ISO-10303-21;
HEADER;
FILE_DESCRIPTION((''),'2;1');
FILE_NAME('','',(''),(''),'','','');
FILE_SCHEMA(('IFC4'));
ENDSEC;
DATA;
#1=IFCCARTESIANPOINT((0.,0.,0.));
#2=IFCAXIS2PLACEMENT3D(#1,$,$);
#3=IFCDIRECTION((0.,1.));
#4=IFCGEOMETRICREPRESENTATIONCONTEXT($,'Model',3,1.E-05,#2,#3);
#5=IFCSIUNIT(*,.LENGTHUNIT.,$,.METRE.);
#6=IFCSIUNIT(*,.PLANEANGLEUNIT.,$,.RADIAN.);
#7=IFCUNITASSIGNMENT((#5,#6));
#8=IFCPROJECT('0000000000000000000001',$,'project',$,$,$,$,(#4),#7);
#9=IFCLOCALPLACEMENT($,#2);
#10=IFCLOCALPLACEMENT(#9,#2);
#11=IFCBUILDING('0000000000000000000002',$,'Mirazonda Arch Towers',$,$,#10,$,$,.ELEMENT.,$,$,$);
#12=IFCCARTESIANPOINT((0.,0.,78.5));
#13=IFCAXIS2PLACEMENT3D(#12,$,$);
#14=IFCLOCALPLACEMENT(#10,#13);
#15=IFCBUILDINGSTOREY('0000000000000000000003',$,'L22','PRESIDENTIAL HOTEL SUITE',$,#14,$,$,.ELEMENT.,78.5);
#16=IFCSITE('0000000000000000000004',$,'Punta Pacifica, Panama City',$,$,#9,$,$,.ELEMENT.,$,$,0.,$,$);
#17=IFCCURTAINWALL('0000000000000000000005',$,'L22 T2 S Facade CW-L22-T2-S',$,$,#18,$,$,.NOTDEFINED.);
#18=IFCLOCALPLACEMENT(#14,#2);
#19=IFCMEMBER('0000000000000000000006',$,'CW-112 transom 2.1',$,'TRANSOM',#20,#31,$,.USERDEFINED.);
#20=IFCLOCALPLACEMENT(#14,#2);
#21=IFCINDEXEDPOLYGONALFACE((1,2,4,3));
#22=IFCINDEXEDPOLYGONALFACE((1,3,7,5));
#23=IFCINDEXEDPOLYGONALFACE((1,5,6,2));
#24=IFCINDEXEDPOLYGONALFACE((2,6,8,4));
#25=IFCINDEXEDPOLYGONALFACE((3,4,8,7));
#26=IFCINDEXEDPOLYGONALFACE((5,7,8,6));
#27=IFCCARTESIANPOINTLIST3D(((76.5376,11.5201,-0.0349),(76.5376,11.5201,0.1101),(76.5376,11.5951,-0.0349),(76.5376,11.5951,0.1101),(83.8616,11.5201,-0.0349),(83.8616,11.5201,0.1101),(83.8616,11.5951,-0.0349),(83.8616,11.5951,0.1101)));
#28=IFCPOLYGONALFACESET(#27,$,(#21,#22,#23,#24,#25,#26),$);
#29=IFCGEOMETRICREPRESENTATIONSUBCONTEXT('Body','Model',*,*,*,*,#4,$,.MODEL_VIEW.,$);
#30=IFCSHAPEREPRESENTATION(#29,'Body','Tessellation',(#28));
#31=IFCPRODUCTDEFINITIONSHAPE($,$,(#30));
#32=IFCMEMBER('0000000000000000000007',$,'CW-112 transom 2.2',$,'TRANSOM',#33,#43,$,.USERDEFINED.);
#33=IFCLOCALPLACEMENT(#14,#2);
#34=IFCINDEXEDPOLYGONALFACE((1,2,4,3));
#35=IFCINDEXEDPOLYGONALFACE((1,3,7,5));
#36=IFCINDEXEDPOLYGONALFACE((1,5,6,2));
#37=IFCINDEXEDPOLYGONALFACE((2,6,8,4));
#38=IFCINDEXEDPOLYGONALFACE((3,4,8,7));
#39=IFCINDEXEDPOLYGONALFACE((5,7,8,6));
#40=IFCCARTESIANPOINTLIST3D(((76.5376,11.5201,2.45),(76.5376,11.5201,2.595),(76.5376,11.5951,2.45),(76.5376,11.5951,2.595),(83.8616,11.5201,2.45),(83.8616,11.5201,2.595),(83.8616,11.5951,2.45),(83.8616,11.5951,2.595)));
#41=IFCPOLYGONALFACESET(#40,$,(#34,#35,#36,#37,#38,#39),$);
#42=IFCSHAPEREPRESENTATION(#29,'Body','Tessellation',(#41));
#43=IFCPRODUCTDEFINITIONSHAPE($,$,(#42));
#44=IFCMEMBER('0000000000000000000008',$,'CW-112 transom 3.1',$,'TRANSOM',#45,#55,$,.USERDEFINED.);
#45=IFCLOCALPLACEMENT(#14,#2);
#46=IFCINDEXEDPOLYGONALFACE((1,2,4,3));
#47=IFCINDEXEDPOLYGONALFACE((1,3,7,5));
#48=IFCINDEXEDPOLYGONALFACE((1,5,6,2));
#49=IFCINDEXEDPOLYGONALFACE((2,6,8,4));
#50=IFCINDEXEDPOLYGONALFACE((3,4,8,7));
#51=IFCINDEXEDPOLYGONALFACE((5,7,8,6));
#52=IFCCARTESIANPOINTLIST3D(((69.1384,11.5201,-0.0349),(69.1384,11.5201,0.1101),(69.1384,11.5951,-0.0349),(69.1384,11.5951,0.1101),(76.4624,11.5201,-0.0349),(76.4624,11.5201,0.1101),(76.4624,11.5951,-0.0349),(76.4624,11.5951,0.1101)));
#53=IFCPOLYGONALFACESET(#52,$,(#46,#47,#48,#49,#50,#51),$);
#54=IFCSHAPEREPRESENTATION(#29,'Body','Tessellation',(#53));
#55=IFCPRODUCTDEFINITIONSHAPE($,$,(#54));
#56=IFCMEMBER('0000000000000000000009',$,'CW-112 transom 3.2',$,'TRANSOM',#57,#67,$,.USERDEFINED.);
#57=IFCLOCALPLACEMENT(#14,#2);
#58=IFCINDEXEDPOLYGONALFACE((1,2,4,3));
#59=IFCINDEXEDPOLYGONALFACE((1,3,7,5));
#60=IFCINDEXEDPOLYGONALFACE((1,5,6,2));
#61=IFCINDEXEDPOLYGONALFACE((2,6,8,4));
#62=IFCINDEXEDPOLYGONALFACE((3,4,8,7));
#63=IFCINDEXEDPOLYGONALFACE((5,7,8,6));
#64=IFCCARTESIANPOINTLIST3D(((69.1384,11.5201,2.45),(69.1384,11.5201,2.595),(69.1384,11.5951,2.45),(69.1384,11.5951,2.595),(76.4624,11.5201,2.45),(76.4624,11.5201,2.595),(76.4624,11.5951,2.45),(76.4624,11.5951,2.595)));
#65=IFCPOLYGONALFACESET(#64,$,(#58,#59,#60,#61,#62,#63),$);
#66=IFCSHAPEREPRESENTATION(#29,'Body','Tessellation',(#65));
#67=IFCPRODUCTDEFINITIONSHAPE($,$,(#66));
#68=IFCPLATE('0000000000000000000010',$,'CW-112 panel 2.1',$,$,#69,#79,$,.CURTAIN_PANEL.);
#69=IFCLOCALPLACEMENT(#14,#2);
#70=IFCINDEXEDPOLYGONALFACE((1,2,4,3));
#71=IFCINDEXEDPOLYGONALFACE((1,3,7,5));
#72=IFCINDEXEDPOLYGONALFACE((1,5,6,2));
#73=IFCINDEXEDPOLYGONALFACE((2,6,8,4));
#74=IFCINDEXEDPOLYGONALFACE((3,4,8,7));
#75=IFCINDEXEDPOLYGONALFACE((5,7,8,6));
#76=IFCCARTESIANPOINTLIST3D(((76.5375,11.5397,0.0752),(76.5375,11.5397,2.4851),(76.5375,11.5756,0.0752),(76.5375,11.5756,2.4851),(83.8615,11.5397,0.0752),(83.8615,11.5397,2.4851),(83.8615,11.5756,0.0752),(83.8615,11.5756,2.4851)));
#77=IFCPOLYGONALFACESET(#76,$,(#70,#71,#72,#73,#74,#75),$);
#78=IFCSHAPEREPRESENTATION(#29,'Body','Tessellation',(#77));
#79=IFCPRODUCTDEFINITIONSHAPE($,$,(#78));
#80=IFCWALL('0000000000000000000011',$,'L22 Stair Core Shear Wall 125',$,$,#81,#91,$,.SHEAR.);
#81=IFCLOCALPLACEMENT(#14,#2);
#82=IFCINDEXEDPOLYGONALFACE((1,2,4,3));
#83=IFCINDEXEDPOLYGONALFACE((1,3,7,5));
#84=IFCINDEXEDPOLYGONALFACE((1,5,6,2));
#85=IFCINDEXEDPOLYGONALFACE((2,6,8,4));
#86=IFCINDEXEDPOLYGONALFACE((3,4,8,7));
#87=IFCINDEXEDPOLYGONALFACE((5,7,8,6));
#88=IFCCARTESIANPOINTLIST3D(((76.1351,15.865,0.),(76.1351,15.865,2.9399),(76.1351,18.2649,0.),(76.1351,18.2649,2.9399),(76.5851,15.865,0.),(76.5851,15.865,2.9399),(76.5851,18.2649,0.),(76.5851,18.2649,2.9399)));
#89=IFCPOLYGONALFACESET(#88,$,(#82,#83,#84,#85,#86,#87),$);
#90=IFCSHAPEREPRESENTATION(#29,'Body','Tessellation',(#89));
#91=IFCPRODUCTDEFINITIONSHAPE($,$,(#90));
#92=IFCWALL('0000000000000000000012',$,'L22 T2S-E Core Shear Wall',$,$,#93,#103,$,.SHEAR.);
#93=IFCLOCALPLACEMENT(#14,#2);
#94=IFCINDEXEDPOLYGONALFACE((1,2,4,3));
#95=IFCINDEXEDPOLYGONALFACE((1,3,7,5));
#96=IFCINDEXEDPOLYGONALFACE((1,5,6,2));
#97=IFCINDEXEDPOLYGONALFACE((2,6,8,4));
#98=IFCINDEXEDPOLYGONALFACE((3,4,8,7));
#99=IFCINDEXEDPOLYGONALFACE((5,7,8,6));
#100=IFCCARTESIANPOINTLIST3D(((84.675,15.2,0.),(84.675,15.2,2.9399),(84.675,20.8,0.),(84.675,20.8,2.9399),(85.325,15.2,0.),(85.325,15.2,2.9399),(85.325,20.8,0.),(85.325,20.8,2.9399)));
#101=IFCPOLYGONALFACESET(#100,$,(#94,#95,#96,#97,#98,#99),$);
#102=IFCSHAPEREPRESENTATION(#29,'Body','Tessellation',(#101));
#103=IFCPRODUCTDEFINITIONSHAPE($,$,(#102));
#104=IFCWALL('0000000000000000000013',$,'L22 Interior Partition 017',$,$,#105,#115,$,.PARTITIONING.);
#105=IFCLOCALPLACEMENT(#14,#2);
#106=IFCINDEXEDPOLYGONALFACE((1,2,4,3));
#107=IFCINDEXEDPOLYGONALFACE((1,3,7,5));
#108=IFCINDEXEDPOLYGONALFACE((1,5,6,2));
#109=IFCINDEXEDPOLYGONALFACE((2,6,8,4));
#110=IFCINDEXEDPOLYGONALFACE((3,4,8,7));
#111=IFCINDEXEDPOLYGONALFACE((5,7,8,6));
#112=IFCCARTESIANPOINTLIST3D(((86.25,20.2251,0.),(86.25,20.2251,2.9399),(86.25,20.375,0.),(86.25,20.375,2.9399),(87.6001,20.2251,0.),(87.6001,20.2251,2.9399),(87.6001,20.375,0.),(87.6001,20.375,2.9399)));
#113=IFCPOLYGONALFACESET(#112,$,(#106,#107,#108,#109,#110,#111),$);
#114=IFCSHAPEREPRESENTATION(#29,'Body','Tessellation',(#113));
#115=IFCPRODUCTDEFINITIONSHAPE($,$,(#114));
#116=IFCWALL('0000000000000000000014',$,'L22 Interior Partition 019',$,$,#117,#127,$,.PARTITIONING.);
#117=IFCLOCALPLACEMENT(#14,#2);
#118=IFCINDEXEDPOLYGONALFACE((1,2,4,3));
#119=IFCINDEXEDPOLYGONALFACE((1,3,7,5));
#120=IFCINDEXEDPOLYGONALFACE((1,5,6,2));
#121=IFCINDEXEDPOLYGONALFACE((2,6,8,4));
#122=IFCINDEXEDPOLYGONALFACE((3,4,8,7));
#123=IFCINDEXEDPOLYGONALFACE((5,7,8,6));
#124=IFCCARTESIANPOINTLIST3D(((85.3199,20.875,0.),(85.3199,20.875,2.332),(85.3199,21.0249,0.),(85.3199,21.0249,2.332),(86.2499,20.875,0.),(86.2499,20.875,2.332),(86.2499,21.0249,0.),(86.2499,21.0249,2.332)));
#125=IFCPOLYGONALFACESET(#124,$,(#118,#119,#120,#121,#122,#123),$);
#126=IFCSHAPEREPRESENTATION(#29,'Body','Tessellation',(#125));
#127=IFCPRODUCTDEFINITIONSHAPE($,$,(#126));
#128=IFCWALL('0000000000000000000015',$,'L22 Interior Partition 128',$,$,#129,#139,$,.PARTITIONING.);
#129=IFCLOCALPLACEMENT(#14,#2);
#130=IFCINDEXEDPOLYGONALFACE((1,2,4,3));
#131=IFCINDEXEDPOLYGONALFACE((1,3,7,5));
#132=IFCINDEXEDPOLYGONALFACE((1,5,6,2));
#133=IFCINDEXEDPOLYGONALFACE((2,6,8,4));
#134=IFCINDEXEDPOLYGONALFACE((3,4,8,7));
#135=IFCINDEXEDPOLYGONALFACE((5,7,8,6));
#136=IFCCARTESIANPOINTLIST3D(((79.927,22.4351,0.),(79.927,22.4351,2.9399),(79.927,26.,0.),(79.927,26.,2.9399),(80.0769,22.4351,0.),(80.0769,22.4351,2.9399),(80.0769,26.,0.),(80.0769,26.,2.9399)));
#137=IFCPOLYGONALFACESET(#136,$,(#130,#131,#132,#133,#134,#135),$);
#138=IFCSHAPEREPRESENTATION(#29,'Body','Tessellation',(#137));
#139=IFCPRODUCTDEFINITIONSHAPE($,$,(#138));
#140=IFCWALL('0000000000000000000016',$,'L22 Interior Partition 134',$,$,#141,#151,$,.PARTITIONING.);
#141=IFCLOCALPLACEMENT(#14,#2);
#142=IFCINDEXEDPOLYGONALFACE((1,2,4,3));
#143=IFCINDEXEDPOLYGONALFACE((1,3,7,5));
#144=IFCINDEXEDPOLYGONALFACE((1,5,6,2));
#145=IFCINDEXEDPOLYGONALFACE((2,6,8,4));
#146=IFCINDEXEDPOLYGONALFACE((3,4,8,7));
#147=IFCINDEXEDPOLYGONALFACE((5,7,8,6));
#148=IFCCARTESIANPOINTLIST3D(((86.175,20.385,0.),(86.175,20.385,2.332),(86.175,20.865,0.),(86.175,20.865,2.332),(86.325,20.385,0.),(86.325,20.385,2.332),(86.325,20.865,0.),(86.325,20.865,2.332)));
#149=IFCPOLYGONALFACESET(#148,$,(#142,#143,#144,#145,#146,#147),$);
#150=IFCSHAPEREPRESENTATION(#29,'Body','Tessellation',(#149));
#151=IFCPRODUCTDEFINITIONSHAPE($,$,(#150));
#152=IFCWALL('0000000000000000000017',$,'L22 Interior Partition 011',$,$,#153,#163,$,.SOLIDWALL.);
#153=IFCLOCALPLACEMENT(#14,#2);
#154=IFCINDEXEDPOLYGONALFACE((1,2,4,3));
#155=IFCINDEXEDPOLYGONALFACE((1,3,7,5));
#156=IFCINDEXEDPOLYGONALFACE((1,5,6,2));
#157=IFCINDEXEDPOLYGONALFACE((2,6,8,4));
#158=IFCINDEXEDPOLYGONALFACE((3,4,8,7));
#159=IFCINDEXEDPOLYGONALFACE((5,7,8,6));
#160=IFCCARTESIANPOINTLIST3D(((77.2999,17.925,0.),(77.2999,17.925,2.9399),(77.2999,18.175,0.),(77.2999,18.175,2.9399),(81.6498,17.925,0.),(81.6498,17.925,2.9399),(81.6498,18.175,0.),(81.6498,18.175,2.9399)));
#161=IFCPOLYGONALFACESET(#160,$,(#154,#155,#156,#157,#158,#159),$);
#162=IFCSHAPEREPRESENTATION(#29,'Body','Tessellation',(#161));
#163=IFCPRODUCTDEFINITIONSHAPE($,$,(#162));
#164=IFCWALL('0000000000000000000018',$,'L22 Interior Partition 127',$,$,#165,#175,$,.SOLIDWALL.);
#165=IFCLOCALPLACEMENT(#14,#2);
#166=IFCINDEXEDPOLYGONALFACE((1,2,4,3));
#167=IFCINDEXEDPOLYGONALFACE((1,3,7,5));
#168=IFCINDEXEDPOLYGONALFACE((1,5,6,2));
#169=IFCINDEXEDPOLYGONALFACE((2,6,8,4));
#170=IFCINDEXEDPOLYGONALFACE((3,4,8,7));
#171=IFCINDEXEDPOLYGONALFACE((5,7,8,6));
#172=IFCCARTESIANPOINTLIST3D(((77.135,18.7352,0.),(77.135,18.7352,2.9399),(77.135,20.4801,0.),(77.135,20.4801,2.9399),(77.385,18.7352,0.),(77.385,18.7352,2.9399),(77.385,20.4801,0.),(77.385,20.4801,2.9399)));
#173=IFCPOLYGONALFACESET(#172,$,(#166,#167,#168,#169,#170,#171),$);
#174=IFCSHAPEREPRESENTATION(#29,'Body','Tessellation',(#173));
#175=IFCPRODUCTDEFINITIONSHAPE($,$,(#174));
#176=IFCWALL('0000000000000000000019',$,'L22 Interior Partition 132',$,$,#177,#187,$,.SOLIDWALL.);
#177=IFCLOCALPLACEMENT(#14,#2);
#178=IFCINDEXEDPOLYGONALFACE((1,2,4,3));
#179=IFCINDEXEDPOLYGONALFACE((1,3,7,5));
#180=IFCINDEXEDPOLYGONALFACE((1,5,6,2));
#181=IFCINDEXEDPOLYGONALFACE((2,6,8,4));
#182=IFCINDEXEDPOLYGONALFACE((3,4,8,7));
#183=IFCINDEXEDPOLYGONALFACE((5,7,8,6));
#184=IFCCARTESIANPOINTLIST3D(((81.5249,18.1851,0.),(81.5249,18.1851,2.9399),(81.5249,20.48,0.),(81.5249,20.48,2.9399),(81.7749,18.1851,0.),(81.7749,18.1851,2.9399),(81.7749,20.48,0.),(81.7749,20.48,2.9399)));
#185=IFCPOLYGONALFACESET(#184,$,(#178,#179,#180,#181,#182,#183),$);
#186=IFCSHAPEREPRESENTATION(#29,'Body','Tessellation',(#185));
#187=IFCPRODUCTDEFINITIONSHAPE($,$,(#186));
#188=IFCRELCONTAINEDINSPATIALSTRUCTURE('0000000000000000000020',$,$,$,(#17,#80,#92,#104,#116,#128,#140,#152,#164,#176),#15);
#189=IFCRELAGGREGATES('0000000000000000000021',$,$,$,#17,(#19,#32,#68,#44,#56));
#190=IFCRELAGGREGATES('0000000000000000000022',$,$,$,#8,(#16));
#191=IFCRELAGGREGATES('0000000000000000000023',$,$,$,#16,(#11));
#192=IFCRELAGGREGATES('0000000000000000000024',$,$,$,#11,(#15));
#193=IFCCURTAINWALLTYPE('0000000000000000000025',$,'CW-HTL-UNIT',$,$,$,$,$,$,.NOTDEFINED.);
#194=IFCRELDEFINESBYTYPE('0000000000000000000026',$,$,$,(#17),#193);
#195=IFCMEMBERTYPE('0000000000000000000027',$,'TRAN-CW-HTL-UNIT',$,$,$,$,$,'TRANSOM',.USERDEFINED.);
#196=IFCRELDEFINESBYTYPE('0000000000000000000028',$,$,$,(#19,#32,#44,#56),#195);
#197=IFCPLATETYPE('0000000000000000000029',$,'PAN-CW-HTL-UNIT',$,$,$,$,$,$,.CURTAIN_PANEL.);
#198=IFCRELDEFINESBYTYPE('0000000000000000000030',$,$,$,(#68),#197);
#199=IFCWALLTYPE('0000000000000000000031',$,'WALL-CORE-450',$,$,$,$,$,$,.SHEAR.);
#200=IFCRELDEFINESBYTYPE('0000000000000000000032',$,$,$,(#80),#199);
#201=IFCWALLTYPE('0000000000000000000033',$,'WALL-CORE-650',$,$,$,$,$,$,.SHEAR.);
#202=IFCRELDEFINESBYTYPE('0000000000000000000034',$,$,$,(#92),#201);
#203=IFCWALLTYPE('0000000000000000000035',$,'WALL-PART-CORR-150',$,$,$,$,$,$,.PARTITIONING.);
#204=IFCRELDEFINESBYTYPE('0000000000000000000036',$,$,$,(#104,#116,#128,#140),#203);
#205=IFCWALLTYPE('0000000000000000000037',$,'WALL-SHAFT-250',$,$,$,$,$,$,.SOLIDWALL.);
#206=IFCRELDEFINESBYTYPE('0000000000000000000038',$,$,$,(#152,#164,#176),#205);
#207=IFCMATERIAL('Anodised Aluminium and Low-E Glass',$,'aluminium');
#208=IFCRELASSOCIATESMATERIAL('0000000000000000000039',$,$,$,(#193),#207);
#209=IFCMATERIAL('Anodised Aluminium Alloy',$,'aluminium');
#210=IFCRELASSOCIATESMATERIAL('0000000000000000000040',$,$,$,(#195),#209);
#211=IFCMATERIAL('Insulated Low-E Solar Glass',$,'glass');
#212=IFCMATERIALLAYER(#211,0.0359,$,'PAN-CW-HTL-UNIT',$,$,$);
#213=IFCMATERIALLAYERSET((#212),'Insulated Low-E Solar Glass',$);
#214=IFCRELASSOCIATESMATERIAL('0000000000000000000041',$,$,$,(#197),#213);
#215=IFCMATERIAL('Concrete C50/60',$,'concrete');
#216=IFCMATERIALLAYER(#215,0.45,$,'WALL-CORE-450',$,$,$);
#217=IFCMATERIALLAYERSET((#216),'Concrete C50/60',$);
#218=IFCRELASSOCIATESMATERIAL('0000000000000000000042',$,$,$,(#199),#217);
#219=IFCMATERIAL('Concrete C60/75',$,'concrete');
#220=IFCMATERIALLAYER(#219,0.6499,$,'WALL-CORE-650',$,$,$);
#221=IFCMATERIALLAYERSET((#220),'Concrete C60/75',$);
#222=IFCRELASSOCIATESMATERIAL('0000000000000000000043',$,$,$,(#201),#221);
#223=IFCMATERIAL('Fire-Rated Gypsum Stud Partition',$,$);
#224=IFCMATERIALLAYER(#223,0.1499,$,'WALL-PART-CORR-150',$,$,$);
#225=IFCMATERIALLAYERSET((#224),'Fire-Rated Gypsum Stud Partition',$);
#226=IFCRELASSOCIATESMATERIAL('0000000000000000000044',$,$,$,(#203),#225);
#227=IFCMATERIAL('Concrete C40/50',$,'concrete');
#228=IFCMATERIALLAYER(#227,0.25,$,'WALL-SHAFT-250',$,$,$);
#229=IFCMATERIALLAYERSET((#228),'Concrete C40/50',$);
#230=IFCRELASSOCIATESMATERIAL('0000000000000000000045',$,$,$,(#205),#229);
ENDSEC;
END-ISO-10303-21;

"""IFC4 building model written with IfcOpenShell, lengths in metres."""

from ifc_helpers import new_model, si_unit, direction, frame, frame_2d, origin, origin_2d, place, context, subcontext, project, spatial, rectangle, extrude, material, layer, layer_set, material_profile, profile_set, type_object, element, aggregate, save


model = new_model("IFC4")

# Units and contexts
model_context = context("Model", 3, precision=1e-05, world=origin(), true_north=direction((0.0, 1.0)))
body_context = subcontext(model_context, "Body", "Model", "MODEL_VIEW")
ifc_project = project(units=[si_unit("LENGTHUNIT", "METRE"), si_unit("PLANEANGLEUNIT", "RADIAN")], contexts=[model_context])

# Site, building, storey
site_placement = place(None, origin())
site = spatial("IfcSite", under=ifc_project, at=site_placement, Name="Punta Pacifica, Panama City", CompositionType="ELEMENT", RefElevation=0.0)
building_placement = place(site_placement, origin())
building = spatial("IfcBuilding", under=site, at=building_placement, Name="Mirazonda Arch Towers", CompositionType="ELEMENT")
storey_placement = place(building_placement, frame((0.0, 0.0, 78.5)))
storey = spatial("IfcBuildingStorey", under=building, at=storey_placement, Name="L22", Description="PRESIDENTIAL HOTEL SUITE", CompositionType="ELEMENT", Elevation=78.5)

# Shared definitions
ifc_material_1 = material(Name="Concrete C60/75", Category="concrete")

# Curtain wall, members, plate
ifc_material_2 = material(Name="Anodised Aluminium and Low-E Glass", Category="aluminium")
curtain_wall_type = type_object("IfcCurtainWallType", Name="CW-HTL-UNIT", PredefinedType="NOTDEFINED", material=ifc_material_2)
curtain_wall_placement = place(storey_placement, origin())
curtain_wall = element("IfcCurtainWall", 1, at=curtain_wall_placement, inside=storey, type_object=curtain_wall_type, Name="L22 T2 S Facade CW-L22-T2-S", PredefinedType="NOTDEFINED")
ifc_material_3 = material(Name="Anodised Aluminium Alloy", Category="aluminium")
ifc_material_profile_1 = material_profile(ifc_material_3, rectangle(XDim=0.075, YDim=0.145, at=origin_2d()), Name="ALU-TRAN-75x145")
ifc_profile_set_1 = profile_set([ifc_material_profile_1], Name="Anodised Aluminium Alloy")
member_type_1 = type_object("IfcMemberType", Name="TRAN-CW-HTL-UNIT", ElementType="TRANSOM", PredefinedType="USERDEFINED", material=ifc_profile_set_1)
member_1_placement = place(storey_placement, frame((83.8616, 11.5576, 0.0376), z_axis=(-1.0, 0.0, 0.0), x_axis=(0.0, -1.0, 0.0)))
member_1 = element("IfcMember", 2, at=member_1_placement, type_object=member_type_1, Name="CW-112 transom 2.1", ObjectType="TRANSOM", PredefinedType="USERDEFINED", context=body_context, shape_type="SweptSolid", body=[
    extrude(rectangle(XDim=0.075, YDim=0.145, at=origin_2d()), origin(), (0.0, 0.0, 1.0), 7.324),
])
member_2_placement = place(storey_placement, frame((83.8616, 11.5576, 2.5225), z_axis=(-1.0, 0.0, 0.0), x_axis=(0.0, -1.0, 0.0)))
member_2 = element("IfcMember", 3, at=member_2_placement, type_object=member_type_1, Name="CW-112 transom 2.2", ObjectType="TRANSOM", PredefinedType="USERDEFINED", context=body_context, shape_type="SweptSolid", body=[
    extrude(rectangle(XDim=0.075, YDim=0.145, at=origin_2d()), origin(), (0.0, 0.0, 1.0), 7.324),
])
member_3_placement = place(storey_placement, frame((76.4624, 11.5576, 0.0376), z_axis=(-1.0, 0.0, 0.0), x_axis=(0.0, -1.0, 0.0)))
member_3 = element("IfcMember", 4, at=member_3_placement, type_object=member_type_1, Name="CW-112 transom 3.1", ObjectType="TRANSOM", PredefinedType="USERDEFINED", context=body_context, shape_type="SweptSolid", body=[
    extrude(rectangle(XDim=0.075, YDim=0.145, at=origin_2d()), origin(), (0.0, 0.0, 1.0), 7.324),
])
member_4_placement = place(storey_placement, frame((76.4624, 11.5576, 2.5225), z_axis=(-1.0, 0.0, 0.0), x_axis=(0.0, -1.0, 0.0)))
member_4 = element("IfcMember", 5, at=member_4_placement, type_object=member_type_1, Name="CW-112 transom 3.2", ObjectType="TRANSOM", PredefinedType="USERDEFINED", context=body_context, shape_type="SweptSolid", body=[
    extrude(rectangle(XDim=0.075, YDim=0.145, at=origin_2d()), origin(), (0.0, 0.0, 1.0), 7.324),
])
ifc_material_4 = material(Name="Insulated Low-E Solar Glass", Category="glass")
ifc_layer_1 = layer(ifc_material_4, 0.0359, Name="PAN-CW-HTL-UNIT")
ifc_layer_set_1 = layer_set([ifc_layer_1], Name="Insulated Low-E Solar Glass")
plate_type = type_object("IfcPlateType", Name="PAN-CW-HTL-UNIT", PredefinedType="CURTAIN_PANEL", material=ifc_layer_set_1)
plate_placement = place(storey_placement, frame((80.1995, 11.5576, 0.0752), z_axis=(0.0, 0.0, 1.0), x_axis=(-1.0, 0.0, 0.0)))
plate = element("IfcPlate", 6, at=plate_placement, type_object=plate_type, Name="CW-112 panel 2.1", PredefinedType="CURTAIN_PANEL", context=body_context, shape_type="SweptSolid", body=[
    extrude(rectangle(XDim=7.324, YDim=0.0359, at=origin_2d()), origin(), (0.0, 0.0, 1.0), 2.4099),
])
aggregate(curtain_wall, [member_1, member_2, plate, member_3, member_4])

# Walls
ifc_material_5 = material(Name="Concrete C50/60", Category="concrete")
ifc_layer_2 = layer(ifc_material_5, 0.45, Name="WALL-CORE-450")
ifc_layer_set_2 = layer_set([ifc_layer_2], Name="Concrete C50/60")
wall_type_1 = type_object("IfcWallType", Name="WALL-CORE-450", PredefinedType="SHEAR", material=ifc_layer_set_2)
wall_1_placement = place(storey_placement, frame((76.3601, 15.865, 0.0), z_axis=(0.0, 0.0, 1.0), x_axis=(0.0, 1.0, 0.0)))
element("IfcWall", 7, at=wall_1_placement, inside=storey, type_object=wall_type_1, Name="L22 Stair Core Shear Wall 125", PredefinedType="SHEAR", context=body_context, shape_type="SweptSolid", body=[
    extrude(rectangle(XDim=2.3999, YDim=0.45, at=frame_2d((1.2, 0.0))), origin(), (0.0, 0.0, 1.0), 2.9399),
])
ifc_layer_3 = layer(ifc_material_1, 0.6499, Name="WALL-CORE-650")
ifc_layer_set_3 = layer_set([ifc_layer_3], Name="Concrete C60/75")
wall_type_2 = type_object("IfcWallType", Name="WALL-CORE-650", PredefinedType="SHEAR", material=ifc_layer_set_3)
wall_2_placement = place(storey_placement, frame((85.0, 15.2, 0.0), z_axis=(0.0, 0.0, 1.0), x_axis=(0.0, 1.0, 0.0)))
element("IfcWall", 8, at=wall_2_placement, inside=storey, type_object=wall_type_2, Name="L22 T2S-E Core Shear Wall", PredefinedType="SHEAR", context=body_context, shape_type="SweptSolid", body=[
    extrude(rectangle(XDim=5.6001, YDim=0.6499, at=frame_2d((2.8, 0.0))), origin(), (0.0, 0.0, 1.0), 2.9399),
])
ifc_material_6 = material(Name="Fire-Rated Gypsum Stud Partition")
ifc_layer_4 = layer(ifc_material_6, 0.1499, Name="WALL-PART-CORR-150")
ifc_layer_set_4 = layer_set([ifc_layer_4], Name="Fire-Rated Gypsum Stud Partition")
wall_type_3 = type_object("IfcWallType", Name="WALL-PART-CORR-150", PredefinedType="PARTITIONING", material=ifc_layer_set_4)
wall_3_placement = place(storey_placement, frame((86.25, 20.3, 0.0), z_axis=(0.0, 0.0, 1.0), x_axis=(1.0, 0.0, 0.0)))
element("IfcWall", 9, at=wall_3_placement, inside=storey, type_object=wall_type_3, Name="L22 Interior Partition 017", PredefinedType="PARTITIONING", context=body_context, shape_type="SweptSolid", body=[
    extrude(rectangle(XDim=1.3501, YDim=0.1499, at=frame_2d((0.675, 0.0))), origin(), (0.0, 0.0, 1.0), 2.9399),
])
wall_4_placement = place(storey_placement, frame((85.3201, 20.95, 0.0), z_axis=(0.0, 0.0, 1.0), x_axis=(1.0, 0.0, 0.0)))
element("IfcWall", 10, at=wall_4_placement, inside=storey, type_object=wall_type_3, Name="L22 Interior Partition 019", PredefinedType="PARTITIONING", context=body_context, shape_type="SweptSolid", body=[
    extrude(rectangle(XDim=0.9299, YDim=0.1499, at=frame_2d((0.4648, 0.0))), origin(), (0.0, 0.0, 1.0), 2.332),
])
wall_5_placement = place(storey_placement, frame((80.002, 22.4351, 0.0), z_axis=(0.0, 0.0, 1.0), x_axis=(0.0, 1.0, 0.0)))
element("IfcWall", 11, at=wall_5_placement, inside=storey, type_object=wall_type_3, Name="L22 Interior Partition 128", PredefinedType="PARTITIONING", context=body_context, shape_type="SweptSolid", body=[
    extrude(rectangle(XDim=3.5649, YDim=0.1499, at=frame_2d((1.7825, 0.0))), origin(), (0.0, 0.0, 1.0), 2.9399),
])
wall_6_placement = place(storey_placement, frame((86.25, 20.385, 0.0), z_axis=(0.0, 0.0, 1.0), x_axis=(0.0, 1.0, 0.0)))
element("IfcWall", 12, at=wall_6_placement, inside=storey, type_object=wall_type_3, Name="L22 Interior Partition 134", PredefinedType="PARTITIONING", context=body_context, shape_type="SweptSolid", body=[
    extrude(rectangle(XDim=0.48, YDim=0.1499, at=frame_2d((0.24, 0.0))), origin(), (0.0, 0.0, 1.0), 2.332),
])
ifc_material_7 = material(Name="Concrete C40/50", Category="concrete")
ifc_layer_5 = layer(ifc_material_7, 0.25, Name="WALL-SHAFT-250")
ifc_layer_set_5 = layer_set([ifc_layer_5], Name="Concrete C40/50")
wall_type_4 = type_object("IfcWallType", Name="WALL-SHAFT-250", PredefinedType="SOLIDWALL", material=ifc_layer_set_5)
wall_7_placement = place(storey_placement, frame((77.3, 18.05, 0.0), z_axis=(0.0, 0.0, 1.0), x_axis=(1.0, 0.0, 0.0)))
element("IfcWall", 13, at=wall_7_placement, inside=storey, type_object=wall_type_4, Name="L22 Interior Partition 011", PredefinedType="SOLIDWALL", context=body_context, shape_type="SweptSolid", body=[
    extrude(rectangle(XDim=4.3499, YDim=0.25, at=frame_2d((2.1748, 0.0))), origin(), (0.0, 0.0, 1.0), 2.9399),
])
wall_8_placement = place(storey_placement, frame((77.26, 18.7351, 0.0), z_axis=(0.0, 0.0, 1.0), x_axis=(0.0, 1.0, 0.0)))
element("IfcWall", 14, at=wall_8_placement, inside=storey, type_object=wall_type_4, Name="L22 Interior Partition 127", PredefinedType="SOLIDWALL", context=body_context, shape_type="SweptSolid", body=[
    extrude(rectangle(XDim=1.7449, YDim=0.25, at=frame_2d((0.8726, 0.0))), origin(), (0.0, 0.0, 1.0), 2.9399),
])
wall_9_placement = place(storey_placement, frame((81.6499, 18.1851, 0.0), z_axis=(0.0, 0.0, 1.0), x_axis=(0.0, 1.0, 0.0)))
element("IfcWall", 15, at=wall_9_placement, inside=storey, type_object=wall_type_4, Name="L22 Interior Partition 132", PredefinedType="SOLIDWALL", context=body_context, shape_type="SweptSolid", body=[
    extrude(rectangle(XDim=2.2949, YDim=0.25, at=frame_2d((1.1475, 0.0))), origin(), (0.0, 0.0, 1.0), 2.9399),
])

save(model, "model.ifc")
